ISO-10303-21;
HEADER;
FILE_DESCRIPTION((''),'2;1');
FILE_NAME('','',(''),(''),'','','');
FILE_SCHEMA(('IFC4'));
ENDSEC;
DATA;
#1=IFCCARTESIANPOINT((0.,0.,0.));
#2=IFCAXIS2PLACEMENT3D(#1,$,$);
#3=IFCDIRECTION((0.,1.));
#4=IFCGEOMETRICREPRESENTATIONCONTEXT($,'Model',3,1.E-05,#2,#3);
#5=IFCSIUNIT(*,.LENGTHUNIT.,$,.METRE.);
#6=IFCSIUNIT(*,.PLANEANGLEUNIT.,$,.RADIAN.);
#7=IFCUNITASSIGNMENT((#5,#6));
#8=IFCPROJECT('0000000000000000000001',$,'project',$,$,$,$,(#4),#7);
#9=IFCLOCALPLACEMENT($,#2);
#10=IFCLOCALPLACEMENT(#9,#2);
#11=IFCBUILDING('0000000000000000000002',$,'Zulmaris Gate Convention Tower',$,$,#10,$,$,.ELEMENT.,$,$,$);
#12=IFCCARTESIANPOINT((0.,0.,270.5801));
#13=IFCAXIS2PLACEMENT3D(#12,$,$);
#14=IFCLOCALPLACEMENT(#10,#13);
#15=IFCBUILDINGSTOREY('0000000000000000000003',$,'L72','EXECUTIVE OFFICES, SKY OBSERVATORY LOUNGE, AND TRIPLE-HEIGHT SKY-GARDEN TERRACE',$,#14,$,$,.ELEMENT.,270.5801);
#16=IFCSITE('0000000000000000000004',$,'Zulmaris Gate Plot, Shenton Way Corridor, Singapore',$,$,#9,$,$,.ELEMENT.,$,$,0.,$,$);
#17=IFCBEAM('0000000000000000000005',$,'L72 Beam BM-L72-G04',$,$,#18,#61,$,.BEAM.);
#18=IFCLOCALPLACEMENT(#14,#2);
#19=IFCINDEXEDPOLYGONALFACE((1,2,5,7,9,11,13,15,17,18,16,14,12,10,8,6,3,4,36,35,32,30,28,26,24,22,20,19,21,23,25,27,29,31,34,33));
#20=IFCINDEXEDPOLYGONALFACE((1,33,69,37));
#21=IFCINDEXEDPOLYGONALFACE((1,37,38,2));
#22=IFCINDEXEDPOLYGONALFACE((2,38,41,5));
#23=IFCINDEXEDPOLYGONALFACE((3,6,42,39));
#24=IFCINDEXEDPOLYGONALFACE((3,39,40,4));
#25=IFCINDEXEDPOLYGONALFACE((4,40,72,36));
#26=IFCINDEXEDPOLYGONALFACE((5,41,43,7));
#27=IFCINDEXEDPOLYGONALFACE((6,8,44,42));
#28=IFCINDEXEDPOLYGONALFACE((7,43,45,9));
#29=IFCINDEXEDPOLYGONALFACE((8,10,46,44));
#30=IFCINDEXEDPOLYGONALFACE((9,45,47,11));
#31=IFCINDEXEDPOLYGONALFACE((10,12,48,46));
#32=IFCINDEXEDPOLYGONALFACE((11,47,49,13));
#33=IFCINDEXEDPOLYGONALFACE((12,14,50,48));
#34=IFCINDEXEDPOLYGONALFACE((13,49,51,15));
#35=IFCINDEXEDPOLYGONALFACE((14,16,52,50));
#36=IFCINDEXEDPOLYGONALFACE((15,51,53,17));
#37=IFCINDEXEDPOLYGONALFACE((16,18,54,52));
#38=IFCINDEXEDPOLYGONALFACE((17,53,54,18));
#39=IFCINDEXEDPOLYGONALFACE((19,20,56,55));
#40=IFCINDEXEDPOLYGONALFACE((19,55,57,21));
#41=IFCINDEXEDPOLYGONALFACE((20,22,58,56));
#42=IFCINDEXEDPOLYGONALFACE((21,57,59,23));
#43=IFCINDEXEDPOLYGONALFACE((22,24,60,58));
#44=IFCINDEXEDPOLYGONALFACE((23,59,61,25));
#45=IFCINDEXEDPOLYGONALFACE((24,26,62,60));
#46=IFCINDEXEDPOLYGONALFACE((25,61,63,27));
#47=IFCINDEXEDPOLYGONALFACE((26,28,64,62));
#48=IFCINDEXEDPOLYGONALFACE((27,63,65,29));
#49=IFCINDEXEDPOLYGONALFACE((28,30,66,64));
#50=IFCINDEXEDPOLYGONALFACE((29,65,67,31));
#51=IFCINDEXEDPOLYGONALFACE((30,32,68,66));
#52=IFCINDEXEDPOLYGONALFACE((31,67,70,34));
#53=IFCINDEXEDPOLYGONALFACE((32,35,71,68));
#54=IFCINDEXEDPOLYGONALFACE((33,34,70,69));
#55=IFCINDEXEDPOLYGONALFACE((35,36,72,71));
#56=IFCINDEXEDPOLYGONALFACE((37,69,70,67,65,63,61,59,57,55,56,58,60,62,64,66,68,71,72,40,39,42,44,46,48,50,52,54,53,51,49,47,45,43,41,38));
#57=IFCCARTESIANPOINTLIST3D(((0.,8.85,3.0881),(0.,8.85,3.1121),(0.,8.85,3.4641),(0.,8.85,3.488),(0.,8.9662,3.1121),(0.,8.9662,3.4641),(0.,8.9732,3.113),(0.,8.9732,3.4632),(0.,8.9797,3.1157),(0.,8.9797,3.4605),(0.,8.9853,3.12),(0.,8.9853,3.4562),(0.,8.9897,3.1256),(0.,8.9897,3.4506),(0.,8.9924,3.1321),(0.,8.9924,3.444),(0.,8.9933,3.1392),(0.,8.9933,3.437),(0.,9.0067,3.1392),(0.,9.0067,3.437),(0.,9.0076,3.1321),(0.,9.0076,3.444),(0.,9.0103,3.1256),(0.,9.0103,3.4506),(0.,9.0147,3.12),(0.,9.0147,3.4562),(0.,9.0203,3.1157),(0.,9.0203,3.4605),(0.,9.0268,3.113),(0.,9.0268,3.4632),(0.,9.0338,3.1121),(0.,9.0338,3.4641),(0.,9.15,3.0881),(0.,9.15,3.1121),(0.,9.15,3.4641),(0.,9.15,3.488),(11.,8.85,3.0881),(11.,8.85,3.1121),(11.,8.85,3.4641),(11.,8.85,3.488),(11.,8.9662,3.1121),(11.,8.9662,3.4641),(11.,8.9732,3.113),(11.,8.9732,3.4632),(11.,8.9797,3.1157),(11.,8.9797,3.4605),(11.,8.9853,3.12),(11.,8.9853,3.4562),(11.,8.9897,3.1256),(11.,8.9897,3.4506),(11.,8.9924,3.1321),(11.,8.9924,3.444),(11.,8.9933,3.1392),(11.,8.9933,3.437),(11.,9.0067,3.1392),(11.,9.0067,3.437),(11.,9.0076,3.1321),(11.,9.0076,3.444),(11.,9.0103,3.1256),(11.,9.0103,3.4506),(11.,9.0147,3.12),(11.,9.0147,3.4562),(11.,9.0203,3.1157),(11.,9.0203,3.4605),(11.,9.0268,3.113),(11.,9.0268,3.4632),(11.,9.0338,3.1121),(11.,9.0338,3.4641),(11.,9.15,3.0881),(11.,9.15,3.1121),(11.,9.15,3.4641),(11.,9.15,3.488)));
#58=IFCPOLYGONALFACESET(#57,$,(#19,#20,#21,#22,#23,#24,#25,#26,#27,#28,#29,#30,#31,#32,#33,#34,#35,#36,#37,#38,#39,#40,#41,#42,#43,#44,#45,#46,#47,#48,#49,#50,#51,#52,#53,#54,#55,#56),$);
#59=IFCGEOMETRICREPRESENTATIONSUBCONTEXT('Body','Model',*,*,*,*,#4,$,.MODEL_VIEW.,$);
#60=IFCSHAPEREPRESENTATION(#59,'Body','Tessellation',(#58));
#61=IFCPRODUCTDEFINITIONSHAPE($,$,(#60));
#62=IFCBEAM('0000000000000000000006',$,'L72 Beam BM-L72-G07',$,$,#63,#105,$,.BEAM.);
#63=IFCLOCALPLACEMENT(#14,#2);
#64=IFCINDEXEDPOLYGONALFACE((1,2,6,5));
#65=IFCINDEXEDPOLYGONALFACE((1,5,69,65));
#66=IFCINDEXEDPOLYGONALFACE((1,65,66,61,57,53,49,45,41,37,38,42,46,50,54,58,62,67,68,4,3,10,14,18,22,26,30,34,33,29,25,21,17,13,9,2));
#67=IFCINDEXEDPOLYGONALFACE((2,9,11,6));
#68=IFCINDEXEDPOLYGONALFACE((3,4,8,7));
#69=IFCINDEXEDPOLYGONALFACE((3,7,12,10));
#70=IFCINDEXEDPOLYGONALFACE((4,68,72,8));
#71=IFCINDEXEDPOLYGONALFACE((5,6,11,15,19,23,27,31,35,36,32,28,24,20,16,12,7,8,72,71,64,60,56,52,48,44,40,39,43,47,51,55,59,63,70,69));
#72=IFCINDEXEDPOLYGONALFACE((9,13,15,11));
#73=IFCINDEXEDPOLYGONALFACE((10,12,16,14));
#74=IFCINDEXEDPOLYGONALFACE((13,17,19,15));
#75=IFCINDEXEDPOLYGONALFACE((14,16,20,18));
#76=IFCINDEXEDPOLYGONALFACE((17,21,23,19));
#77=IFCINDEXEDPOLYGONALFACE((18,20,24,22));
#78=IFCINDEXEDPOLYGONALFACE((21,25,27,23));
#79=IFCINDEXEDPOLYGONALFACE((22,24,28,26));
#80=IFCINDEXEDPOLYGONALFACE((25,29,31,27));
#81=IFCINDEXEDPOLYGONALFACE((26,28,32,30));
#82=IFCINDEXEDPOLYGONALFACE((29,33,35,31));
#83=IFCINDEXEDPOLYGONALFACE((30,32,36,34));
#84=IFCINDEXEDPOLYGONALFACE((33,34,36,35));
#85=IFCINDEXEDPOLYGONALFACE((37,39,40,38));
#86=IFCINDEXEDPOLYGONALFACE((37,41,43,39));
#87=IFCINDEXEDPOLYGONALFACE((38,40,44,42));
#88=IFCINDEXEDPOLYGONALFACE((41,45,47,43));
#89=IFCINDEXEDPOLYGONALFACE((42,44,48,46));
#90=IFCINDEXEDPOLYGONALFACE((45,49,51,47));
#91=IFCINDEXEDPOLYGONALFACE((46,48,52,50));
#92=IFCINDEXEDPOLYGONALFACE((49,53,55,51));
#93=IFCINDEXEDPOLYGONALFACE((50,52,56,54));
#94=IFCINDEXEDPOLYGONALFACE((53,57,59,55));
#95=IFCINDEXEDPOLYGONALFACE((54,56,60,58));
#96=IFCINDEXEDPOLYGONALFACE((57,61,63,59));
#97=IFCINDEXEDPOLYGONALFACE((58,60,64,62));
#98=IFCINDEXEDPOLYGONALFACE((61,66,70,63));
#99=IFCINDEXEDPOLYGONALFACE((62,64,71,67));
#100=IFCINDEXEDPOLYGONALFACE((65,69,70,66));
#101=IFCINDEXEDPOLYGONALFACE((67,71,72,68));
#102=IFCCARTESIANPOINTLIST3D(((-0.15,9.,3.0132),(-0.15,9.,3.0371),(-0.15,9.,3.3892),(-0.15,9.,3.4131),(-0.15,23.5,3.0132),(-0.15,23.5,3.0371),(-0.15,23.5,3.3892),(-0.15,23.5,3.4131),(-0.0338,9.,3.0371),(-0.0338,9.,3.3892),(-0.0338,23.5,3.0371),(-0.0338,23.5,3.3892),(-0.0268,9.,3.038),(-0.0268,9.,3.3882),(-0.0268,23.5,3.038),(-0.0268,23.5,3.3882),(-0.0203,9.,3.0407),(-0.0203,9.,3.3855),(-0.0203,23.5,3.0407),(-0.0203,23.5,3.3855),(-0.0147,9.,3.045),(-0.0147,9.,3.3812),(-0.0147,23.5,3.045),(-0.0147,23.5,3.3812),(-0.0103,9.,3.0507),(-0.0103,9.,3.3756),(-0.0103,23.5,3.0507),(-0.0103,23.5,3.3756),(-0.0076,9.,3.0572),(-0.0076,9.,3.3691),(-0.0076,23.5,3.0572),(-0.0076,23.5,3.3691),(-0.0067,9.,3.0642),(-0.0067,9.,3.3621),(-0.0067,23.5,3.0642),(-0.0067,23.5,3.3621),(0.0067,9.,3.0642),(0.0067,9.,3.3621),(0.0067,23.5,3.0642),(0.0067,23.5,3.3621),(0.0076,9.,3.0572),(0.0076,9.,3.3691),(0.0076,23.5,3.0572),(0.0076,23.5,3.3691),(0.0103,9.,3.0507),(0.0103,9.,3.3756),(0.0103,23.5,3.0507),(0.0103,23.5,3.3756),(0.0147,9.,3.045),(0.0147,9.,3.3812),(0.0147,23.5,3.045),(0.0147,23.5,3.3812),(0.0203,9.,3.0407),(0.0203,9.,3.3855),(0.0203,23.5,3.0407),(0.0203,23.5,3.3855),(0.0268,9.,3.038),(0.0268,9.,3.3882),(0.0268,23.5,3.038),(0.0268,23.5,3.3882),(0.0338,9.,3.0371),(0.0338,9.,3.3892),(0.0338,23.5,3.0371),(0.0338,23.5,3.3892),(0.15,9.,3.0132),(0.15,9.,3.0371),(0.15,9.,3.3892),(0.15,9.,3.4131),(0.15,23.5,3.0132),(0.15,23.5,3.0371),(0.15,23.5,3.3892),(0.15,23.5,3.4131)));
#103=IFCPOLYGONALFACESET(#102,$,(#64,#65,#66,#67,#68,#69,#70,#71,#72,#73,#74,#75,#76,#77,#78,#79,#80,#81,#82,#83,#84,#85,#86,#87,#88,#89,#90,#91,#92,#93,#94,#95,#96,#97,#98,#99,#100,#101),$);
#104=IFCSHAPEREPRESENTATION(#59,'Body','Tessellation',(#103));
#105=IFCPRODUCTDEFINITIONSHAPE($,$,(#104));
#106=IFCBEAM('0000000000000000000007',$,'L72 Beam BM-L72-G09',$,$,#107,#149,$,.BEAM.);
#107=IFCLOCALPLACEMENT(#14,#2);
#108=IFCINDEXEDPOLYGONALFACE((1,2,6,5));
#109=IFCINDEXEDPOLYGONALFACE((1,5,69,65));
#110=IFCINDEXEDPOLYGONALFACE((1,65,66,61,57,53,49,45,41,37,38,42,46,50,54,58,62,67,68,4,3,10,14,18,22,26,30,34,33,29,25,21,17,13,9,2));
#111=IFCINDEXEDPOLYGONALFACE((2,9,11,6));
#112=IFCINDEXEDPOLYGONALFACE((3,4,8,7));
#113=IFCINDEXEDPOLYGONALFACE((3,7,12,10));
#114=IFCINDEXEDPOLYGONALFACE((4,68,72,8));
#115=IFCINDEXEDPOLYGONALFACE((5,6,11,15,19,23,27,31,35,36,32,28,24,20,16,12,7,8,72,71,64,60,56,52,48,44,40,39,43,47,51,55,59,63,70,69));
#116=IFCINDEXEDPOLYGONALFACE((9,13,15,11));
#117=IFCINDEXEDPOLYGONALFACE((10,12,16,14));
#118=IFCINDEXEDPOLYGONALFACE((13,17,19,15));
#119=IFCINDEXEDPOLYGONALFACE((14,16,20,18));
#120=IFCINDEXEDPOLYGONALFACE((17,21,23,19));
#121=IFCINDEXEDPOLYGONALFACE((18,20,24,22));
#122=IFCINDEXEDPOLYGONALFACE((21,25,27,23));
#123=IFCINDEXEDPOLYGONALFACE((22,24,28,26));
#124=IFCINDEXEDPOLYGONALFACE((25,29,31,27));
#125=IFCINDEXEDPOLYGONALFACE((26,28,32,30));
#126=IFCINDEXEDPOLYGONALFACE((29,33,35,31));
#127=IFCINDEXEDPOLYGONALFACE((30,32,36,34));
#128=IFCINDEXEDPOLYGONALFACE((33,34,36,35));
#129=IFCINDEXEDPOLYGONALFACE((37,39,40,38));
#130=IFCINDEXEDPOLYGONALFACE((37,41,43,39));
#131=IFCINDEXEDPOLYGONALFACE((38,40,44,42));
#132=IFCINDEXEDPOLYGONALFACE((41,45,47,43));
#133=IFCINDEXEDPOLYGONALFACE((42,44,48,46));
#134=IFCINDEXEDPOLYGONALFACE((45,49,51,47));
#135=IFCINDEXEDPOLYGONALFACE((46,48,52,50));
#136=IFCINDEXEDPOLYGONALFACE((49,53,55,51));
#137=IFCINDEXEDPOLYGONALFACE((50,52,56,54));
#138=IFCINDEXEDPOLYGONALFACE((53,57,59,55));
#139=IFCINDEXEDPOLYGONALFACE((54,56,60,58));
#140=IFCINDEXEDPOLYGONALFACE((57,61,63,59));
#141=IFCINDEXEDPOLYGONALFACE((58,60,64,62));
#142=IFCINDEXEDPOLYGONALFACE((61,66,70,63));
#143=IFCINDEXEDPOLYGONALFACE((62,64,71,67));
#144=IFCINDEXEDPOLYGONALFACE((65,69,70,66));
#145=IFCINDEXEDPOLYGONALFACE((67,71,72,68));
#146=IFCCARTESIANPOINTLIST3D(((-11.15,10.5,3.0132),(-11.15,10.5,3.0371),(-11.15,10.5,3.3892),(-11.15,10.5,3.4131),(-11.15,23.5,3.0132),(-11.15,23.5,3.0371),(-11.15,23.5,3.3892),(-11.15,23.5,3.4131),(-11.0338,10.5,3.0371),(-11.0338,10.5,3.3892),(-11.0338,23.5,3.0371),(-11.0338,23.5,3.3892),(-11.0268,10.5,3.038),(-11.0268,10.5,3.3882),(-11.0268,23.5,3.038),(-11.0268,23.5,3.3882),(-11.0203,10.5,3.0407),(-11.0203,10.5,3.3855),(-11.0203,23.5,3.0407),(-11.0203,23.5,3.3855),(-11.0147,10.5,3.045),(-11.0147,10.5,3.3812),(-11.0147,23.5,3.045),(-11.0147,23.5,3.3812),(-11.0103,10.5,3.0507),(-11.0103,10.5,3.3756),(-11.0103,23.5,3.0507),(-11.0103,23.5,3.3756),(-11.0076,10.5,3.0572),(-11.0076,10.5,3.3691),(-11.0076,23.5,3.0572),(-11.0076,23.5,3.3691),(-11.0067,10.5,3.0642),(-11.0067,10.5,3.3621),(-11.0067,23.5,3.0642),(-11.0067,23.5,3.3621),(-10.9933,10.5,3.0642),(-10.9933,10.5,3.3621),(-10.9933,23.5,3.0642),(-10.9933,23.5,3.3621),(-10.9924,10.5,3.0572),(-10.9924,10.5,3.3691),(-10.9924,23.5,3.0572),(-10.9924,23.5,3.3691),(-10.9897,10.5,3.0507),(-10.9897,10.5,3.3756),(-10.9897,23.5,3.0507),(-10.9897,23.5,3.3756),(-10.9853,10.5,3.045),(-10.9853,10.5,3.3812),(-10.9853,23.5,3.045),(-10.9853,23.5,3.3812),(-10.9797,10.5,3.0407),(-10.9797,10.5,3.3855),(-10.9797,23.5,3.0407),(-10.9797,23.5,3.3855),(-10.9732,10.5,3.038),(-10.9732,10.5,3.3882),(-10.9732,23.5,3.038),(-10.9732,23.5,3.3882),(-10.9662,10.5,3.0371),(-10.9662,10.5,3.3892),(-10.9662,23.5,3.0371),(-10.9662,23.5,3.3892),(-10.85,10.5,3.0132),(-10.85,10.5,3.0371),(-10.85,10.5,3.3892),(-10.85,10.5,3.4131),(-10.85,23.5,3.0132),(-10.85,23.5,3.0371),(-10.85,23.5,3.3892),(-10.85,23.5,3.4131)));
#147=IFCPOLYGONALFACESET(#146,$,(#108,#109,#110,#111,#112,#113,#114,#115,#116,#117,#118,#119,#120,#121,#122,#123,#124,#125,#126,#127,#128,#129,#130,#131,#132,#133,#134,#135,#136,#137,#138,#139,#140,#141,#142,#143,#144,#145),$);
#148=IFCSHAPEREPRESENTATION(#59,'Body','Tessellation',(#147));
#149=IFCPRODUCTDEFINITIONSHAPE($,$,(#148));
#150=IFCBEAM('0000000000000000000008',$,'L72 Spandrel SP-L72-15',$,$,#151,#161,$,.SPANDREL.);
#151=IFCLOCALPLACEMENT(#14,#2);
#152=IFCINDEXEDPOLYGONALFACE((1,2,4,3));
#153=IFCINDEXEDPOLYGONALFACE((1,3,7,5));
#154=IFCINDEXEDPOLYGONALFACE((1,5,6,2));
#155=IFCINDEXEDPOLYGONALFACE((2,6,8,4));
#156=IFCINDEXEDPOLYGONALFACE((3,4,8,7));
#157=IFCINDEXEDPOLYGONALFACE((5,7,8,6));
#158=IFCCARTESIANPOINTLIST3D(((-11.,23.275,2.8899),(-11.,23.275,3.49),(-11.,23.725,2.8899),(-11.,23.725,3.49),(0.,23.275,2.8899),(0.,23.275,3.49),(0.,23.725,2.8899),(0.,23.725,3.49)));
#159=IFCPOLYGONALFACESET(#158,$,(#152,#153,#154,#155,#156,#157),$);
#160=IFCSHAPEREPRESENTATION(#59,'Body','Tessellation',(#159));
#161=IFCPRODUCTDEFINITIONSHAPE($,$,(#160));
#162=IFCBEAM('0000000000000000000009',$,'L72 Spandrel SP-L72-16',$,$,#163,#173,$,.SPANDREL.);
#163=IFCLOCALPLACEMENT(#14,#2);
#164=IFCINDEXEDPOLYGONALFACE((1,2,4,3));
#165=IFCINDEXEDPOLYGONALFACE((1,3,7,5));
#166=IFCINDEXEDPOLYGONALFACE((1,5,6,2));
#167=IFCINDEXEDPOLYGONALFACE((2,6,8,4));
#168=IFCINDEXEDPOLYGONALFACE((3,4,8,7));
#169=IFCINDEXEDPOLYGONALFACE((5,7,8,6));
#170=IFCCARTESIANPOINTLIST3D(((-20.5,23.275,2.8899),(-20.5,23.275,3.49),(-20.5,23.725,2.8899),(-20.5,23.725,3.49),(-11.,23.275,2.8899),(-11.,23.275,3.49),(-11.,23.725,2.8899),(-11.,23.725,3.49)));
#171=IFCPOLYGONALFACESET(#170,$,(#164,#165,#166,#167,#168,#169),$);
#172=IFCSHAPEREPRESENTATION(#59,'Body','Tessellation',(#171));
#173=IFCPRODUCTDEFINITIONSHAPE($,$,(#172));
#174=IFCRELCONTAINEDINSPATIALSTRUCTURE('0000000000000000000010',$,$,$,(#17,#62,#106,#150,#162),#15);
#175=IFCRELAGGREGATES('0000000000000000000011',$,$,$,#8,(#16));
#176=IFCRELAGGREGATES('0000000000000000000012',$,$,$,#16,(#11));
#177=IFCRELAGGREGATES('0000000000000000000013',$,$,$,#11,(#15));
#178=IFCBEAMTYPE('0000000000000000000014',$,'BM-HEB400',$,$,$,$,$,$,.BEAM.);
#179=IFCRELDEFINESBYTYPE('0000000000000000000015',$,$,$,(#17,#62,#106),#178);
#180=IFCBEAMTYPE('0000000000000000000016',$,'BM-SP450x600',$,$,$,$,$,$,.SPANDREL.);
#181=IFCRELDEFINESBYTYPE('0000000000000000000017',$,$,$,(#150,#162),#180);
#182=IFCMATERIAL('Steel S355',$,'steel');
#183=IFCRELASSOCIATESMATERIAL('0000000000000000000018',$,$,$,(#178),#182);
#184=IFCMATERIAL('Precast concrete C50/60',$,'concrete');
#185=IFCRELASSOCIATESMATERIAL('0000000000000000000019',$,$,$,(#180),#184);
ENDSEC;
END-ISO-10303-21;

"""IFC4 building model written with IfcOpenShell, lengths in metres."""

from ifc_helpers import new_model, si_unit, direction, frame, origin, origin_2d, place, context, subcontext, project, spatial, rectangle, i_section, extrude, material, material_profile, profile_set, type_object, element, save


model = new_model("IFC4")

# Units and contexts
model_context = context("Model", 3, precision=1e-05, world=origin(), true_north=direction((0.0, 1.0)))
body_context = subcontext(model_context, "Body", "Model", "MODEL_VIEW")
ifc_project = project(units=[si_unit("LENGTHUNIT", "METRE"), si_unit("PLANEANGLEUNIT", "RADIAN")], contexts=[model_context])

# Site, building, storey
site_placement = place(None, origin())
site = spatial("IfcSite", under=ifc_project, at=site_placement, Name="Zulmaris Gate Plot, Shenton Way Corridor, Singapore", CompositionType="ELEMENT", RefElevation=0.0)
building_placement = place(site_placement, origin())
building = spatial("IfcBuilding", under=site, at=building_placement, Name="Zulmaris Gate Convention Tower", CompositionType="ELEMENT")
storey_placement = place(building_placement, frame((0.0, 0.0, 270.5801)))
storey = spatial("IfcBuildingStorey", under=building, at=storey_placement, Name="L72", Description="EXECUTIVE OFFICES, SKY OBSERVATORY LOUNGE, AND TRIPLE-HEIGHT SKY-GARDEN TERRACE", CompositionType="ELEMENT", Elevation=270.5801)

# Beams
ifc_material_1 = material(Name="Steel S355", Category="steel")
ifc_material_profile_1 = material_profile(ifc_material_1, i_section(OverallWidth=0.3, OverallDepth=0.3999, WebThickness=0.0134, FlangeThickness=0.0239, FilletRadius=0.0271, at=origin_2d()), Name="HEB 400")
ifc_profile_set_1 = profile_set([ifc_material_profile_1], Name="Steel S355")
beam_type_1 = type_object("IfcBeamType", Name="BM-HEB400", PredefinedType="BEAM", material=ifc_profile_set_1)
for number, where, z_axis, x_axis, name in (
    (1, (0.0, 9.0, 3.2881), (1.0, 0.0, 0.0), (0.0, 1.0, 0.0), "L72 Beam BM-L72-G04"),
):
    element("IfcBeam", number, at=place(storey_placement, frame(where, z_axis=z_axis, x_axis=x_axis)), inside=storey, type_object=beam_type_1, Name=name, PredefinedType="BEAM", context=body_context, shape_type="SweptSolid", body=[
        extrude(i_section(OverallWidth=0.3, OverallDepth=0.3999, WebThickness=0.0134, FlangeThickness=0.0239, FilletRadius=0.0271, at=origin_2d()), origin(), (0.0, 0.0, 1.0), 11.0),
    ])
beam_1_placement = place(storey_placement, frame((0.0, 9.0, 3.2131), z_axis=(0.0, 1.0, 0.0), x_axis=(-1.0, 0.0, 0.0)))
element("IfcBeam", 2, at=beam_1_placement, inside=storey, type_object=beam_type_1, Name="L72 Beam BM-L72-G07", PredefinedType="BEAM", context=body_context, shape_type="SweptSolid", body=[
    extrude(i_section(OverallWidth=0.3, OverallDepth=0.3999, WebThickness=0.0134, FlangeThickness=0.0239, FilletRadius=0.0271, at=origin_2d()), origin(), (0.0, 0.0, 1.0), 14.5),
])
beam_2_placement = place(storey_placement, frame((-11.0, 10.5, 3.2131), z_axis=(0.0, 1.0, 0.0), x_axis=(-1.0, 0.0, 0.0)))
element("IfcBeam", 3, at=beam_2_placement, inside=storey, type_object=beam_type_1, Name="L72 Beam BM-L72-G09", PredefinedType="BEAM", context=body_context, shape_type="SweptSolid", body=[
    extrude(i_section(OverallWidth=0.3, OverallDepth=0.3999, WebThickness=0.0134, FlangeThickness=0.0239, FilletRadius=0.0271, at=origin_2d()), origin(), (0.0, 0.0, 1.0), 13.0),
])
ifc_material_2 = material(Name="Precast concrete C50/60", Category="concrete")
ifc_material_profile_2 = material_profile(ifc_material_2, rectangle(XDim=0.45, YDim=0.6001, at=origin_2d()), Name="RC SPANDREL 450x600")
ifc_profile_set_2 = profile_set([ifc_material_profile_2], Name="Precast concrete C50/60")
beam_type_2 = type_object("IfcBeamType", Name="BM-SP450x600", PredefinedType="SPANDREL", material=ifc_profile_set_2)
beam_3_placement = place(storey_placement, frame((0.0, 23.5, 3.1899), z_axis=(-1.0, 0.0, 0.0), x_axis=(0.0, -1.0, 0.0)))
element("IfcBeam", 4, at=beam_3_placement, inside=storey, type_object=beam_type_2, Name="L72 Spandrel SP-L72-15", PredefinedType="SPANDREL", context=body_context, shape_type="SweptSolid", body=[
    extrude(rectangle(XDim=0.45, YDim=0.6001, at=origin_2d()), origin(), (0.0, 0.0, 1.0), 11.0),
])
beam_4_placement = place(storey_placement, frame((-11.0, 23.5, 3.1899), z_axis=(-1.0, 0.0, 0.0), x_axis=(0.0, -1.0, 0.0)))
element("IfcBeam", 5, at=beam_4_placement, inside=storey, type_object=beam_type_2, Name="L72 Spandrel SP-L72-16", PredefinedType="SPANDREL", context=body_context, shape_type="SweptSolid", body=[
    extrude(rectangle(XDim=0.45, YDim=0.6001, at=origin_2d()), origin(), (0.0, 0.0, 1.0), 9.5),
])

save(model, "model.ifc")
